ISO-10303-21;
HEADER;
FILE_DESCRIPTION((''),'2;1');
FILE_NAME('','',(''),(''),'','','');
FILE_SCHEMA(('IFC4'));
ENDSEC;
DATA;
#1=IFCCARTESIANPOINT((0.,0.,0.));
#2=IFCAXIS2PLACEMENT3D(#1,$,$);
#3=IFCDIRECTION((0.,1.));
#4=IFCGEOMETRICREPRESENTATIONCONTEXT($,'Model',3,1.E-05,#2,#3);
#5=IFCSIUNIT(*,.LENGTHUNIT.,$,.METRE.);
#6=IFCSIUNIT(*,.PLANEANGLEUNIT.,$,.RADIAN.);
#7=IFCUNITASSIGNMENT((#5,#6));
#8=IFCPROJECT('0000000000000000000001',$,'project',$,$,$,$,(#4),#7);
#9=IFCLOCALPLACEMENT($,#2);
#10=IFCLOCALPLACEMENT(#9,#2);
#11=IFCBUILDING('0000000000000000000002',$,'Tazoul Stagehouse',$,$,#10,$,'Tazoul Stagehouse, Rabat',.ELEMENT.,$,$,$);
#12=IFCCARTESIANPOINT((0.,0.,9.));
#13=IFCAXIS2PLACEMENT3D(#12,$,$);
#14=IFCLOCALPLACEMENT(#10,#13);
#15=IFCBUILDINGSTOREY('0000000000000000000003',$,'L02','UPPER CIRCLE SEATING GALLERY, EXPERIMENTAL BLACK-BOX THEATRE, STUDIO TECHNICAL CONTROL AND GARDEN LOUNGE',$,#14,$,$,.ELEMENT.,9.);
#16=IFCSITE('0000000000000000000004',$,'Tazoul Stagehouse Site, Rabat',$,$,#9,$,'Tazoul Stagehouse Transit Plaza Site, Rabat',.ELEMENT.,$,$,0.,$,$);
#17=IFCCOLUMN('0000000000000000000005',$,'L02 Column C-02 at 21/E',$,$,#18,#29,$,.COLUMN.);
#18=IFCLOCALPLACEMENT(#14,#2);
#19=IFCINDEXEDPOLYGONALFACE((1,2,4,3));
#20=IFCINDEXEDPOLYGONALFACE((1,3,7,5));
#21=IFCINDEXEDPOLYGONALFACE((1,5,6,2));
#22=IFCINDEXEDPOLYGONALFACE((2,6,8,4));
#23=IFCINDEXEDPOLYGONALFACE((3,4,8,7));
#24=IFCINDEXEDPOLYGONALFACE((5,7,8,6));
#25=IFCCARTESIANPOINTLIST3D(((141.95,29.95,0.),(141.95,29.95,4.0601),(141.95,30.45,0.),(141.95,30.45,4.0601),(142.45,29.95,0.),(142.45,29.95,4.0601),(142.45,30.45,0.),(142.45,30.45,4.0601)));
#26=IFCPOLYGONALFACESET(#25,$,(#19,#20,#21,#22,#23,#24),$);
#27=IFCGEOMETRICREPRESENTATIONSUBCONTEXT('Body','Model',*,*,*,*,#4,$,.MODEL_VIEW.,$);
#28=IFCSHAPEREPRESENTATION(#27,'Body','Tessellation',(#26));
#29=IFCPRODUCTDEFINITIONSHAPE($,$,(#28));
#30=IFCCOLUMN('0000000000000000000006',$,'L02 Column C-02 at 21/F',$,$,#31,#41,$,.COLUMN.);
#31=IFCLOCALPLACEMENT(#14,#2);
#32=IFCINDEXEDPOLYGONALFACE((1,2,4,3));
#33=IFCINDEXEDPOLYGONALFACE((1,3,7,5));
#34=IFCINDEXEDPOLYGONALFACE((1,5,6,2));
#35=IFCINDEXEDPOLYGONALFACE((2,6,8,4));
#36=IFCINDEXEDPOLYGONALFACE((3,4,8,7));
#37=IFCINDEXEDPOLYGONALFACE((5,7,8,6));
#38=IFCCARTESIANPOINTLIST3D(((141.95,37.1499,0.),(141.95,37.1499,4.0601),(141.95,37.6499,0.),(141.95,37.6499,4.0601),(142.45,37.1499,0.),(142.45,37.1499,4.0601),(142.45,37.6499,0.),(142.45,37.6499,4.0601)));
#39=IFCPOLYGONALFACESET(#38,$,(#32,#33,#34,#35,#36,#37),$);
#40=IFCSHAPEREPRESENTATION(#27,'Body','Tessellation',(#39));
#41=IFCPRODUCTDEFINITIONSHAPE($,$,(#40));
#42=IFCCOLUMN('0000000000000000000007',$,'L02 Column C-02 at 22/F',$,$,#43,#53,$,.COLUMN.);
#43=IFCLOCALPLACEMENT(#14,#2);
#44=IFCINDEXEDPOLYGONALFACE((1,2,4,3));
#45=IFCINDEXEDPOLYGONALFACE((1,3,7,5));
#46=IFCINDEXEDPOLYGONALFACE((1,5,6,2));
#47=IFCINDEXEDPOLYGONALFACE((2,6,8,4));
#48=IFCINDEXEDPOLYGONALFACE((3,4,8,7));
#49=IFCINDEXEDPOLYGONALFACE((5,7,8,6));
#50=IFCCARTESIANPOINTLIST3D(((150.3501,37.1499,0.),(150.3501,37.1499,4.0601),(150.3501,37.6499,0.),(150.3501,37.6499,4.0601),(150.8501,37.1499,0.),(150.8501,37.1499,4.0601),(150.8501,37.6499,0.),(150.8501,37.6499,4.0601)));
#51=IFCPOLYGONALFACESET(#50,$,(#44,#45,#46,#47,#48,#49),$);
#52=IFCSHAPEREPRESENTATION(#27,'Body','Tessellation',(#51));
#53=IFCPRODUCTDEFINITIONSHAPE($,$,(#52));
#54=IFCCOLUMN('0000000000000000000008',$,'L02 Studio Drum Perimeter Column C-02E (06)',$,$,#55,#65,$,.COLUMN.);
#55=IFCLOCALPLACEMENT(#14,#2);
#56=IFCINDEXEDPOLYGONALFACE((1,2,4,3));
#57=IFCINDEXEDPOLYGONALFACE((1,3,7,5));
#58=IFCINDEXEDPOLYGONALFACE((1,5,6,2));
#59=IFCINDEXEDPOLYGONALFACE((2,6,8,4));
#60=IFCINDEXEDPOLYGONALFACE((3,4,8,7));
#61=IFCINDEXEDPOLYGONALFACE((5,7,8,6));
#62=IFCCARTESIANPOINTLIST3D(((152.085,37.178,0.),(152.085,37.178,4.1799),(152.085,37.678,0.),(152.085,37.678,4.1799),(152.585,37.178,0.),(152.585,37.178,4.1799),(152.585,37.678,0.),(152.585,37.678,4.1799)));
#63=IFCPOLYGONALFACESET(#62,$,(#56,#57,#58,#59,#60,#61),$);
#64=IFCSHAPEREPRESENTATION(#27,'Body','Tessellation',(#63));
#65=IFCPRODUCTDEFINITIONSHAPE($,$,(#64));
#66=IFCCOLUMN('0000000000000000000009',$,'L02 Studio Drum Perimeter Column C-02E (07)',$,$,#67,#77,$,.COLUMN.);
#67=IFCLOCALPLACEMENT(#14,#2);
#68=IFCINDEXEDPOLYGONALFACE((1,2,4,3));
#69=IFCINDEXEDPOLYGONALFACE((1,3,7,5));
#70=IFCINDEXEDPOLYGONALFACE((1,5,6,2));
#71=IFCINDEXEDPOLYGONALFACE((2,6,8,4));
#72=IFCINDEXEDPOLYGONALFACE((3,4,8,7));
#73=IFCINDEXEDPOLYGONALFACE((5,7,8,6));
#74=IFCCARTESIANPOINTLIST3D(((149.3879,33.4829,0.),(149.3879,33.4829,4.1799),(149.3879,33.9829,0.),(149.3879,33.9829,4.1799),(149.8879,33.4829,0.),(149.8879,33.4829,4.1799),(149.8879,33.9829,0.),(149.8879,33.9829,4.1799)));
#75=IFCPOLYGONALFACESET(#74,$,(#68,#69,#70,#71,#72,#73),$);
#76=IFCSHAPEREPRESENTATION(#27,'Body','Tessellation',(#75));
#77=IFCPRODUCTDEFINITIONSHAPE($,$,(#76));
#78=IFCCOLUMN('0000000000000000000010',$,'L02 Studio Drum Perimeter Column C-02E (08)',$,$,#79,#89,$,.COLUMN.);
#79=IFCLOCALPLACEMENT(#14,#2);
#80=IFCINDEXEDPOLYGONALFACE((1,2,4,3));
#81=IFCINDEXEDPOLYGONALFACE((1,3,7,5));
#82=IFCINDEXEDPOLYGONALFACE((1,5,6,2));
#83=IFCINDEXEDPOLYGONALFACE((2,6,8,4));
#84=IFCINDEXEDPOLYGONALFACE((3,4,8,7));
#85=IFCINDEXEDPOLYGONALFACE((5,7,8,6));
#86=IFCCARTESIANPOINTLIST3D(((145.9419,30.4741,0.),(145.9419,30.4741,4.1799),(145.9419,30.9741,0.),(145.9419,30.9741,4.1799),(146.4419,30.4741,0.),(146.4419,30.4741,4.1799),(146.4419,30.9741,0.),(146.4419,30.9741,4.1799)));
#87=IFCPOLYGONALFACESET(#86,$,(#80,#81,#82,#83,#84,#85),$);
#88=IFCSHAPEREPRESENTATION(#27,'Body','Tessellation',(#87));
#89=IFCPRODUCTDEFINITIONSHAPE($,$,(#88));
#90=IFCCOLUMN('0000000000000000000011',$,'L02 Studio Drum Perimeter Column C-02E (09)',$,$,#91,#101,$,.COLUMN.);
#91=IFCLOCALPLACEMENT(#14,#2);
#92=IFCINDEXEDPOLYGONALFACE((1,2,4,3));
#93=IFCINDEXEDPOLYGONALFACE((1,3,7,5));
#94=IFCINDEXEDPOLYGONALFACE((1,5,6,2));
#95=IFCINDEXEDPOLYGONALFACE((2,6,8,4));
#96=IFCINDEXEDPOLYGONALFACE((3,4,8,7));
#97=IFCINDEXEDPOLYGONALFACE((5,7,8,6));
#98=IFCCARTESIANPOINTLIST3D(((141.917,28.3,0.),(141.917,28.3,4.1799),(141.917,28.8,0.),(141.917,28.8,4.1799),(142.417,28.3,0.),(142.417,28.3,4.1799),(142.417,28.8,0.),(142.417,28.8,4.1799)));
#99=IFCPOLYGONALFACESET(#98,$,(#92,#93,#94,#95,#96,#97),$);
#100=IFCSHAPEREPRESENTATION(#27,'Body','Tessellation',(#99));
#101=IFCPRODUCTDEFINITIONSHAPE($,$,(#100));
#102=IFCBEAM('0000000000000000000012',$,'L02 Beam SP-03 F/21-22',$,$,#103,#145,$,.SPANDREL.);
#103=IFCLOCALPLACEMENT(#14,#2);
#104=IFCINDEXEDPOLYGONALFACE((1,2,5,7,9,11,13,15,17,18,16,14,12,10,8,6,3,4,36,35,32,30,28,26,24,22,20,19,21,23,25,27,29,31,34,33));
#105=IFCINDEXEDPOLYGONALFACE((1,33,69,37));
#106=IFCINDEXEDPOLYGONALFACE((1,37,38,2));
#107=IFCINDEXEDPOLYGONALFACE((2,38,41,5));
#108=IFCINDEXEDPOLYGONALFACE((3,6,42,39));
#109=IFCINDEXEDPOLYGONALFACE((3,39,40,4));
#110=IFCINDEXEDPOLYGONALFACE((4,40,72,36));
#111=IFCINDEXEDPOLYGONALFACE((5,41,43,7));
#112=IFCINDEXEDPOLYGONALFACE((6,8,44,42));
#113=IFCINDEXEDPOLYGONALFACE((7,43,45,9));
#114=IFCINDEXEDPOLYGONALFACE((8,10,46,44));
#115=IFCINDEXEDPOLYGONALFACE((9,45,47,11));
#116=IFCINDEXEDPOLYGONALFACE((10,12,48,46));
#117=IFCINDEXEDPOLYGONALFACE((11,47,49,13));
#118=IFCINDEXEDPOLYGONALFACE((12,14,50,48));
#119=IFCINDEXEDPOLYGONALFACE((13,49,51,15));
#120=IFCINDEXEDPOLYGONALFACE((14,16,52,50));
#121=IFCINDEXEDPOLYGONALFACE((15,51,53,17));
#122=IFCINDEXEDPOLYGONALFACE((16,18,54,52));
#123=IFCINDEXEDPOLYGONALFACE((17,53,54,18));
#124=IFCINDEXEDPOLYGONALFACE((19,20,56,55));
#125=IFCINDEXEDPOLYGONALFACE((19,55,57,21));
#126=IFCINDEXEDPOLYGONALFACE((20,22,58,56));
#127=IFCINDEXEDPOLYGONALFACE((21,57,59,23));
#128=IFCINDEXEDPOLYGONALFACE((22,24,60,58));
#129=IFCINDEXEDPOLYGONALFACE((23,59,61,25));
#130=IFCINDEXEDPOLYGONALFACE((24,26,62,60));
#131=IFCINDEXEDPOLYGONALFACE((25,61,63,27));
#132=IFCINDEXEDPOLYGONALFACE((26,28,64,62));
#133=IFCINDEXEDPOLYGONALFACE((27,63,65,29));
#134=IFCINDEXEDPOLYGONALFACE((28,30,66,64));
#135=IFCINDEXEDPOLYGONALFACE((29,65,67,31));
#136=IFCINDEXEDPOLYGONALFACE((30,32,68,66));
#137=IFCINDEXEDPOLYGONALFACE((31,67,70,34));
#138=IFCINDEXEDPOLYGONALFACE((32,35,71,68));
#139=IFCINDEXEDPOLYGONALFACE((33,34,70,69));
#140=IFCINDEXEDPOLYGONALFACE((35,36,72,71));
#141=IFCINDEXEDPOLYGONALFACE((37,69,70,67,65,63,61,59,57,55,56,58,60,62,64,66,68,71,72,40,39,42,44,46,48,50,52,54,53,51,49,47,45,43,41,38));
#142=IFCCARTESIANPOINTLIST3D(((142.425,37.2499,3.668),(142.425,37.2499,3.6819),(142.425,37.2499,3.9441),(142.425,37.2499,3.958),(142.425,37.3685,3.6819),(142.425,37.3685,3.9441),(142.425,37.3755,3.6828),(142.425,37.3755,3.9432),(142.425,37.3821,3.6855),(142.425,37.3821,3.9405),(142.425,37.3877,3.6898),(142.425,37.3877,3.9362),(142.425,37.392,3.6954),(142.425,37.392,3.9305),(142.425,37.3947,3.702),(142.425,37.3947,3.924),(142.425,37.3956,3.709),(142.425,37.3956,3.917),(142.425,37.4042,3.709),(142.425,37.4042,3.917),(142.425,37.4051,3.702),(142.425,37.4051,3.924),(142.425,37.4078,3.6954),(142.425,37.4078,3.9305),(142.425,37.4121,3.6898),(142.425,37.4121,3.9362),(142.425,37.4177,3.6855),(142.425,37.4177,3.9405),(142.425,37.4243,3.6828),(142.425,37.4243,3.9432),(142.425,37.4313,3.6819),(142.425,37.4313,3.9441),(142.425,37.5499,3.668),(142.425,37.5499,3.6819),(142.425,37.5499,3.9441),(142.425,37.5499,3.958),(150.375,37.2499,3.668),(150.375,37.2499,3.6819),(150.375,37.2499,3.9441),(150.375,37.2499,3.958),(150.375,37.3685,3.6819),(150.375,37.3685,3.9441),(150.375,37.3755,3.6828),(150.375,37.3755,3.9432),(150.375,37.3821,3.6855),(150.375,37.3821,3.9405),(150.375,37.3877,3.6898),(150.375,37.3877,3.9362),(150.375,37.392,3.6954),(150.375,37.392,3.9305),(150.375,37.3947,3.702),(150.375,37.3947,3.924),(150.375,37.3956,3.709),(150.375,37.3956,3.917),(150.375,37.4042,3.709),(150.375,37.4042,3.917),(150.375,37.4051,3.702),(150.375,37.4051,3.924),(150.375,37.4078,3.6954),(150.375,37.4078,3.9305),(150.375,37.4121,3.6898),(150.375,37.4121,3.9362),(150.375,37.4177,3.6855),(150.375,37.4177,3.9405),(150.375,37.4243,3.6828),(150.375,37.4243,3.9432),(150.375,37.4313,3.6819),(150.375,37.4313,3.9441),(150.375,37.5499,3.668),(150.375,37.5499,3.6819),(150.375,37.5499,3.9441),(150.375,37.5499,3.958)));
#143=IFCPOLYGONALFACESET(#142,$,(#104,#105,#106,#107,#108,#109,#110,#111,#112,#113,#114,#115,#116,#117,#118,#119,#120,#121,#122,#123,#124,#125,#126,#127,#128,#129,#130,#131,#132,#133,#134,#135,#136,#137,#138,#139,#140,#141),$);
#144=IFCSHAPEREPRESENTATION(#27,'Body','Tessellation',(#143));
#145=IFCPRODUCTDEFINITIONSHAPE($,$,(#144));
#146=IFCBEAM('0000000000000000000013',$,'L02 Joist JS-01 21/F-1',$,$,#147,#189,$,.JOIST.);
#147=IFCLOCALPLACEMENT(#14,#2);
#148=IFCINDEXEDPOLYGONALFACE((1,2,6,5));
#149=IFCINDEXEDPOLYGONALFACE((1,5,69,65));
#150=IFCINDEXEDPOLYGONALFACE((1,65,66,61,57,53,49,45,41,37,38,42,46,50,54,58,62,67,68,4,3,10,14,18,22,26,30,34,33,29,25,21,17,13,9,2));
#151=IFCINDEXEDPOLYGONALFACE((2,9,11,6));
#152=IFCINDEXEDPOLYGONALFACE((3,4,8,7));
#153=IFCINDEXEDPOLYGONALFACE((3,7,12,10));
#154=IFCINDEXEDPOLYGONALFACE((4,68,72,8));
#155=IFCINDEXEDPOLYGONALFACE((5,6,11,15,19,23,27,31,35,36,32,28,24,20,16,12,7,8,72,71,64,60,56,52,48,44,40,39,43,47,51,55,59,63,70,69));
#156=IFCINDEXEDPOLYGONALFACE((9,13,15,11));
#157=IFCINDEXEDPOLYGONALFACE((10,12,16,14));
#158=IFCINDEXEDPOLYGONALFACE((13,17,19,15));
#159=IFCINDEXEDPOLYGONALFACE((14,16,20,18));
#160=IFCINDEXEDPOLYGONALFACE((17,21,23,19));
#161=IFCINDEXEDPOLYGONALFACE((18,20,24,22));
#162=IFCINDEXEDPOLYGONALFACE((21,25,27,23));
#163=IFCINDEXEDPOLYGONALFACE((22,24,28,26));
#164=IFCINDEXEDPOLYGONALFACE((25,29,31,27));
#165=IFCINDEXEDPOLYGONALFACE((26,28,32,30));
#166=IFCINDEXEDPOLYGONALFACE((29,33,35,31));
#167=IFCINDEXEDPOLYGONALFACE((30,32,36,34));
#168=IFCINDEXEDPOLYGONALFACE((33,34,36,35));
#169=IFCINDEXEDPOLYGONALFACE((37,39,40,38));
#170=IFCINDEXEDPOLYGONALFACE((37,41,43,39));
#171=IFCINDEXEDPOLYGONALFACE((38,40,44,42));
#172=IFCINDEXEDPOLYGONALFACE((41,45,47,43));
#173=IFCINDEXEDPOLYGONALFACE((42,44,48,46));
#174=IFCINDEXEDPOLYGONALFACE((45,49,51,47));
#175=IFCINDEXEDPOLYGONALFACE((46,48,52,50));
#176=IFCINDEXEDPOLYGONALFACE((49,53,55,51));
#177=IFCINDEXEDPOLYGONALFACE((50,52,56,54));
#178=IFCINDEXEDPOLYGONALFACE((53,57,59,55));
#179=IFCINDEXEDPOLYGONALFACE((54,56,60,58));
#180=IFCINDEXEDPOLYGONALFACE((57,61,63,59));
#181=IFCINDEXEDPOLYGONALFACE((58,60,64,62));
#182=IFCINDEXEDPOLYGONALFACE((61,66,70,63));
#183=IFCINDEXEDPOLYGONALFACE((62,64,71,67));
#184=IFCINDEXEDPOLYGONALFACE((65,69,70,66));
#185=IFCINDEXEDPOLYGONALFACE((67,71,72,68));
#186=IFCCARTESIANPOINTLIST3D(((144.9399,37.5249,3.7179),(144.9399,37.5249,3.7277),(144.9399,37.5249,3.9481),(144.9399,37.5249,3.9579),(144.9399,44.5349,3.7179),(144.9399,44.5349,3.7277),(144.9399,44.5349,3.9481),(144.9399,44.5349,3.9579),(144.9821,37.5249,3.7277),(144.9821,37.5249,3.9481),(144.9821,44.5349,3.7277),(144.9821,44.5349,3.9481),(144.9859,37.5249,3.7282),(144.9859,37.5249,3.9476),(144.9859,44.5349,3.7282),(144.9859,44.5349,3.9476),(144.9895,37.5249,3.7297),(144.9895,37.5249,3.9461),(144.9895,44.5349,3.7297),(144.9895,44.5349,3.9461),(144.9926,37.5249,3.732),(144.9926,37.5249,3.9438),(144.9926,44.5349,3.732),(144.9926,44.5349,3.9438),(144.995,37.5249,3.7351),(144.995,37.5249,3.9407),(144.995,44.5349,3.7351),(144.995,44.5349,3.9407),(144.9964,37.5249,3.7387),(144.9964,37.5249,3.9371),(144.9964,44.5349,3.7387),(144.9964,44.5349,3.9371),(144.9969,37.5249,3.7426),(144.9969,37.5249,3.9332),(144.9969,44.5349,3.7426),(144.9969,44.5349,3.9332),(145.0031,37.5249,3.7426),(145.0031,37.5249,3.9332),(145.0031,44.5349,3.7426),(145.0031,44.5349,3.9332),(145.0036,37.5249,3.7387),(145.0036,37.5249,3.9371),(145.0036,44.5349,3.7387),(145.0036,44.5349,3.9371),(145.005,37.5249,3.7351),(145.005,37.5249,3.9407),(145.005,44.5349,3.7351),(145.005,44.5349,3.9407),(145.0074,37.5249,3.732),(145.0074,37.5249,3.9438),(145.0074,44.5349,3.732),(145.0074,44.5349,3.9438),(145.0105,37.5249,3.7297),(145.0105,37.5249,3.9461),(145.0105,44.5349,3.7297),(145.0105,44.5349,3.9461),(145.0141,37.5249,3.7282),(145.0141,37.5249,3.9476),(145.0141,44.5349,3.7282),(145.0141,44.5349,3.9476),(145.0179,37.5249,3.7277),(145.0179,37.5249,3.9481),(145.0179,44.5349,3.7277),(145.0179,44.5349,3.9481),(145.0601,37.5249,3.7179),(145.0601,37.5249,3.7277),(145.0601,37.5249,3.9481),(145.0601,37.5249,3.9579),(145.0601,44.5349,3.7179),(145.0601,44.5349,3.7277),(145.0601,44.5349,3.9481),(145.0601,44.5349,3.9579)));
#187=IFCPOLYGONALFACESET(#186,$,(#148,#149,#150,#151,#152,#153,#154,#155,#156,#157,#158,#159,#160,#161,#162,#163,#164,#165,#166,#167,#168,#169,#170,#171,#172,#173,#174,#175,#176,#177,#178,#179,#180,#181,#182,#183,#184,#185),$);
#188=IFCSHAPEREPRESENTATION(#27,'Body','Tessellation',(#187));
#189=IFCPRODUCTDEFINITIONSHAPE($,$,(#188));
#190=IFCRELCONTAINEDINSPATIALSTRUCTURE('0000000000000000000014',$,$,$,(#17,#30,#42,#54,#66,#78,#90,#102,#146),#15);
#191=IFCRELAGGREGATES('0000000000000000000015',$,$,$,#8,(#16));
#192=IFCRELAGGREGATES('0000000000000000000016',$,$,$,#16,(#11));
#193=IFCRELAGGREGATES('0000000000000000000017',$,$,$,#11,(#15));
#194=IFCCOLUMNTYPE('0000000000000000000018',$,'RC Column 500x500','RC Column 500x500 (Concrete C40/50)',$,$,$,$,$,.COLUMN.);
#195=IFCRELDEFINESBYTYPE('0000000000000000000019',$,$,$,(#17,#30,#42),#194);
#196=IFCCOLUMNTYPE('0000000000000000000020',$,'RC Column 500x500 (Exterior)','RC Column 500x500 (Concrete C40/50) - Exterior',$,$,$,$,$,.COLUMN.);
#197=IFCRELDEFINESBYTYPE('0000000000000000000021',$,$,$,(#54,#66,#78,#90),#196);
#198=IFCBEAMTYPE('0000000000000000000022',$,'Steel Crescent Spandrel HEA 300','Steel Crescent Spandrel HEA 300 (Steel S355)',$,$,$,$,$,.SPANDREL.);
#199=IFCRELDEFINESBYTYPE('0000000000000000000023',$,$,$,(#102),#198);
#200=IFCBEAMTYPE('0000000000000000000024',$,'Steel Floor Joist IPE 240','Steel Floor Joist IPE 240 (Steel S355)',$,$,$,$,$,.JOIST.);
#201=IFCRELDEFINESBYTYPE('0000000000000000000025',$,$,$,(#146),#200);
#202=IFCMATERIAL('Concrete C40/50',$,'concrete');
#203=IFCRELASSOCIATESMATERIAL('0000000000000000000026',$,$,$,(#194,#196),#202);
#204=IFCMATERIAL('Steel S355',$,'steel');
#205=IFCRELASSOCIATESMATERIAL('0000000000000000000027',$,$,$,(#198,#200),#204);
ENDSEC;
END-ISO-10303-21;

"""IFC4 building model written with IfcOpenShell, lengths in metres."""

from ifc_helpers import new_model, si_unit, direction, frame, origin, origin_2d, place, context, subcontext, project, spatial, rectangle, i_section, extrude, material, material_profile, profile_set, type_object, element, save


model = new_model("IFC4")

# Units and contexts
model_context = context("Model", 3, precision=1e-05, world=origin(), true_north=direction((0.0, 1.0)))
body_context = subcontext(model_context, "Body", "Model", "MODEL_VIEW")
ifc_project = project(units=[si_unit("LENGTHUNIT", "METRE"), si_unit("PLANEANGLEUNIT", "RADIAN")], contexts=[model_context])

# Site, building, storey
site_placement = place(None, origin())
site = spatial("IfcSite", under=ifc_project, at=site_placement, Name="Tazoul Stagehouse Site, Rabat", LongName="Tazoul Stagehouse Transit Plaza Site, Rabat", CompositionType="ELEMENT", RefElevation=0.0)
building_placement = place(site_placement, origin())
building = spatial("IfcBuilding", under=site, at=building_placement, Name="Tazoul Stagehouse", LongName="Tazoul Stagehouse, Rabat", CompositionType="ELEMENT")
storey_placement = place(building_placement, frame((0.0, 0.0, 9.0)))
storey = spatial("IfcBuildingStorey", under=building, at=storey_placement, Name="L02", Description="UPPER CIRCLE SEATING GALLERY, EXPERIMENTAL BLACK-BOX THEATRE, STUDIO TECHNICAL CONTROL AND GARDEN LOUNGE", CompositionType="ELEMENT", Elevation=9.0)

# Columns
ifc_material_1 = material(Name="Concrete C40/50", Category="concrete")
ifc_material_profile_1 = material_profile(ifc_material_1, rectangle(XDim=0.5, YDim=0.5, at=origin_2d()), Name="RC 500x500")
ifc_profile_set_1 = profile_set([ifc_material_profile_1], Name="Concrete C40/50")
column_type_1 = type_object("IfcColumnType", Name="RC Column 500x500", Description="RC Column 500x500 (Concrete C40/50)", PredefinedType="COLUMN", material=ifc_profile_set_1)
for number, where, z_axis, x_axis, name in (
    (1, (142.2, 30.2, 0.0), (0.0, 0.0, 1.0), (1.0, 0.0, 0.0), "L02 Column C-02 at 21/E"),
    (2, (142.2, 37.3999, 0.0), (0.0, 0.0, 1.0), (1.0, 0.0, 0.0), "L02 Column C-02 at 21/F"),
    (3, (150.6001, 37.3999, 0.0), (0.0, 0.0, 1.0), (1.0, 0.0, 0.0), "L02 Column C-02 at 22/F"),
):
    element("IfcColumn", number, at=place(storey_placement, frame(where, z_axis=z_axis, x_axis=x_axis)), inside=storey, type_object=column_type_1, Name=name, PredefinedType="COLUMN", context=body_context, shape_type="SweptSolid", body=[
        extrude(rectangle(XDim=0.5, YDim=0.5, at=origin_2d()), origin(), (0.0, 0.0, 1.0), 4.0601),
    ])
ifc_material_profile_2 = material_profile(ifc_material_1, rectangle(XDim=0.5, YDim=0.5, at=origin_2d()), Name="RC 500x500")
ifc_profile_set_2 = profile_set([ifc_material_profile_2], Name="Concrete C40/50")
column_type_2 = type_object("IfcColumnType", Name="RC Column 500x500 (Exterior)", Description="RC Column 500x500 (Concrete C40/50) - Exterior", PredefinedType="COLUMN", material=ifc_profile_set_2)
for number, where, z_axis, x_axis, name in (
    (4, (152.335, 37.428, 0.0), (0.0, 0.0, 1.0), (1.0, 0.0, 0.0), "L02 Studio Drum Perimeter Column C-02E (06)"),
    (5, (149.6379, 33.7329, 0.0), (0.0, 0.0, 1.0), (1.0, 0.0, 0.0), "L02 Studio Drum Perimeter Column C-02E (07)"),
    (6, (146.1919, 30.7241, 0.0), (0.0, 0.0, 1.0), (1.0, 0.0, 0.0), "L02 Studio Drum Perimeter Column C-02E (08)"),
    (7, (142.167, 28.55, 0.0), (0.0, 0.0, 1.0), (1.0, 0.0, 0.0), "L02 Studio Drum Perimeter Column C-02E (09)"),
):
    element("IfcColumn", number, at=place(storey_placement, frame(where, z_axis=z_axis, x_axis=x_axis)), inside=storey, type_object=column_type_2, Name=name, PredefinedType="COLUMN", context=body_context, shape_type="SweptSolid", body=[
        extrude(rectangle(XDim=0.5, YDim=0.5, at=origin_2d()), origin(), (0.0, 0.0, 1.0), 4.1799),
    ])

# Beams
ifc_material_2 = material(Name="Steel S355", Category="steel")
ifc_material_profile_3 = material_profile(ifc_material_2, i_section(OverallWidth=0.3, OverallDepth=0.29, WebThickness=0.0085, FlangeThickness=0.0139, FilletRadius=0.0271, at=origin_2d()), Name="HEA 300")
ifc_profile_set_3 = profile_set([ifc_material_profile_3], Name="Steel S355")
beam_type_1 = type_object("IfcBeamType", Name="Steel Crescent Spandrel HEA 300", Description="Steel Crescent Spandrel HEA 300 (Steel S355)", PredefinedType="SPANDREL", material=ifc_profile_set_3)
beam_placement = place(storey_placement, frame((142.425, 37.3999, 3.813), z_axis=(1.0, 0.0, 0.0), x_axis=(0.0, 1.0, 0.0)))
element("IfcBeam", 8, at=beam_placement, inside=storey, type_object=beam_type_1, Name="L02 Beam SP-03 F/21-22", PredefinedType="SPANDREL", context=body_context, shape_type="SweptSolid", body=[
    extrude(i_section(OverallWidth=0.3, OverallDepth=0.29, WebThickness=0.0085, FlangeThickness=0.0139, FilletRadius=0.0271, at=origin_2d()), origin(), (0.0, 0.0, 1.0), 7.95),
])
ifc_material_profile_4 = material_profile(ifc_material_2, i_section(OverallWidth=0.1201, OverallDepth=0.24, WebThickness=0.0061, FlangeThickness=0.0098, FilletRadius=0.0149, at=origin_2d()), Name="IPE 240")
ifc_profile_set_4 = profile_set([ifc_material_profile_4], Name="Steel S355")
beam_type_2 = type_object("IfcBeamType", Name="Steel Floor Joist IPE 240", Description="Steel Floor Joist IPE 240 (Steel S355)", PredefinedType="JOIST", material=ifc_profile_set_4)
for number, where, z_axis, x_axis, name in (
    (9, (145.0, 37.5249, 3.8379), (0.0, 1.0, 0.0), (-1.0, 0.0, 0.0), "L02 Joist JS-01 21/F-1"),
):
    element("IfcBeam", number, at=place(storey_placement, frame(where, z_axis=z_axis, x_axis=x_axis)), inside=storey, type_object=beam_type_2, Name=name, PredefinedType="JOIST", context=body_context, shape_type="SweptSolid", body=[
        extrude(i_section(OverallWidth=0.1201, OverallDepth=0.24, WebThickness=0.0061, FlangeThickness=0.0098, FilletRadius=0.0149, at=origin_2d()), origin(), (0.0, 0.0, 1.0), 7.01),
    ])

save(model, "model.ifc")
